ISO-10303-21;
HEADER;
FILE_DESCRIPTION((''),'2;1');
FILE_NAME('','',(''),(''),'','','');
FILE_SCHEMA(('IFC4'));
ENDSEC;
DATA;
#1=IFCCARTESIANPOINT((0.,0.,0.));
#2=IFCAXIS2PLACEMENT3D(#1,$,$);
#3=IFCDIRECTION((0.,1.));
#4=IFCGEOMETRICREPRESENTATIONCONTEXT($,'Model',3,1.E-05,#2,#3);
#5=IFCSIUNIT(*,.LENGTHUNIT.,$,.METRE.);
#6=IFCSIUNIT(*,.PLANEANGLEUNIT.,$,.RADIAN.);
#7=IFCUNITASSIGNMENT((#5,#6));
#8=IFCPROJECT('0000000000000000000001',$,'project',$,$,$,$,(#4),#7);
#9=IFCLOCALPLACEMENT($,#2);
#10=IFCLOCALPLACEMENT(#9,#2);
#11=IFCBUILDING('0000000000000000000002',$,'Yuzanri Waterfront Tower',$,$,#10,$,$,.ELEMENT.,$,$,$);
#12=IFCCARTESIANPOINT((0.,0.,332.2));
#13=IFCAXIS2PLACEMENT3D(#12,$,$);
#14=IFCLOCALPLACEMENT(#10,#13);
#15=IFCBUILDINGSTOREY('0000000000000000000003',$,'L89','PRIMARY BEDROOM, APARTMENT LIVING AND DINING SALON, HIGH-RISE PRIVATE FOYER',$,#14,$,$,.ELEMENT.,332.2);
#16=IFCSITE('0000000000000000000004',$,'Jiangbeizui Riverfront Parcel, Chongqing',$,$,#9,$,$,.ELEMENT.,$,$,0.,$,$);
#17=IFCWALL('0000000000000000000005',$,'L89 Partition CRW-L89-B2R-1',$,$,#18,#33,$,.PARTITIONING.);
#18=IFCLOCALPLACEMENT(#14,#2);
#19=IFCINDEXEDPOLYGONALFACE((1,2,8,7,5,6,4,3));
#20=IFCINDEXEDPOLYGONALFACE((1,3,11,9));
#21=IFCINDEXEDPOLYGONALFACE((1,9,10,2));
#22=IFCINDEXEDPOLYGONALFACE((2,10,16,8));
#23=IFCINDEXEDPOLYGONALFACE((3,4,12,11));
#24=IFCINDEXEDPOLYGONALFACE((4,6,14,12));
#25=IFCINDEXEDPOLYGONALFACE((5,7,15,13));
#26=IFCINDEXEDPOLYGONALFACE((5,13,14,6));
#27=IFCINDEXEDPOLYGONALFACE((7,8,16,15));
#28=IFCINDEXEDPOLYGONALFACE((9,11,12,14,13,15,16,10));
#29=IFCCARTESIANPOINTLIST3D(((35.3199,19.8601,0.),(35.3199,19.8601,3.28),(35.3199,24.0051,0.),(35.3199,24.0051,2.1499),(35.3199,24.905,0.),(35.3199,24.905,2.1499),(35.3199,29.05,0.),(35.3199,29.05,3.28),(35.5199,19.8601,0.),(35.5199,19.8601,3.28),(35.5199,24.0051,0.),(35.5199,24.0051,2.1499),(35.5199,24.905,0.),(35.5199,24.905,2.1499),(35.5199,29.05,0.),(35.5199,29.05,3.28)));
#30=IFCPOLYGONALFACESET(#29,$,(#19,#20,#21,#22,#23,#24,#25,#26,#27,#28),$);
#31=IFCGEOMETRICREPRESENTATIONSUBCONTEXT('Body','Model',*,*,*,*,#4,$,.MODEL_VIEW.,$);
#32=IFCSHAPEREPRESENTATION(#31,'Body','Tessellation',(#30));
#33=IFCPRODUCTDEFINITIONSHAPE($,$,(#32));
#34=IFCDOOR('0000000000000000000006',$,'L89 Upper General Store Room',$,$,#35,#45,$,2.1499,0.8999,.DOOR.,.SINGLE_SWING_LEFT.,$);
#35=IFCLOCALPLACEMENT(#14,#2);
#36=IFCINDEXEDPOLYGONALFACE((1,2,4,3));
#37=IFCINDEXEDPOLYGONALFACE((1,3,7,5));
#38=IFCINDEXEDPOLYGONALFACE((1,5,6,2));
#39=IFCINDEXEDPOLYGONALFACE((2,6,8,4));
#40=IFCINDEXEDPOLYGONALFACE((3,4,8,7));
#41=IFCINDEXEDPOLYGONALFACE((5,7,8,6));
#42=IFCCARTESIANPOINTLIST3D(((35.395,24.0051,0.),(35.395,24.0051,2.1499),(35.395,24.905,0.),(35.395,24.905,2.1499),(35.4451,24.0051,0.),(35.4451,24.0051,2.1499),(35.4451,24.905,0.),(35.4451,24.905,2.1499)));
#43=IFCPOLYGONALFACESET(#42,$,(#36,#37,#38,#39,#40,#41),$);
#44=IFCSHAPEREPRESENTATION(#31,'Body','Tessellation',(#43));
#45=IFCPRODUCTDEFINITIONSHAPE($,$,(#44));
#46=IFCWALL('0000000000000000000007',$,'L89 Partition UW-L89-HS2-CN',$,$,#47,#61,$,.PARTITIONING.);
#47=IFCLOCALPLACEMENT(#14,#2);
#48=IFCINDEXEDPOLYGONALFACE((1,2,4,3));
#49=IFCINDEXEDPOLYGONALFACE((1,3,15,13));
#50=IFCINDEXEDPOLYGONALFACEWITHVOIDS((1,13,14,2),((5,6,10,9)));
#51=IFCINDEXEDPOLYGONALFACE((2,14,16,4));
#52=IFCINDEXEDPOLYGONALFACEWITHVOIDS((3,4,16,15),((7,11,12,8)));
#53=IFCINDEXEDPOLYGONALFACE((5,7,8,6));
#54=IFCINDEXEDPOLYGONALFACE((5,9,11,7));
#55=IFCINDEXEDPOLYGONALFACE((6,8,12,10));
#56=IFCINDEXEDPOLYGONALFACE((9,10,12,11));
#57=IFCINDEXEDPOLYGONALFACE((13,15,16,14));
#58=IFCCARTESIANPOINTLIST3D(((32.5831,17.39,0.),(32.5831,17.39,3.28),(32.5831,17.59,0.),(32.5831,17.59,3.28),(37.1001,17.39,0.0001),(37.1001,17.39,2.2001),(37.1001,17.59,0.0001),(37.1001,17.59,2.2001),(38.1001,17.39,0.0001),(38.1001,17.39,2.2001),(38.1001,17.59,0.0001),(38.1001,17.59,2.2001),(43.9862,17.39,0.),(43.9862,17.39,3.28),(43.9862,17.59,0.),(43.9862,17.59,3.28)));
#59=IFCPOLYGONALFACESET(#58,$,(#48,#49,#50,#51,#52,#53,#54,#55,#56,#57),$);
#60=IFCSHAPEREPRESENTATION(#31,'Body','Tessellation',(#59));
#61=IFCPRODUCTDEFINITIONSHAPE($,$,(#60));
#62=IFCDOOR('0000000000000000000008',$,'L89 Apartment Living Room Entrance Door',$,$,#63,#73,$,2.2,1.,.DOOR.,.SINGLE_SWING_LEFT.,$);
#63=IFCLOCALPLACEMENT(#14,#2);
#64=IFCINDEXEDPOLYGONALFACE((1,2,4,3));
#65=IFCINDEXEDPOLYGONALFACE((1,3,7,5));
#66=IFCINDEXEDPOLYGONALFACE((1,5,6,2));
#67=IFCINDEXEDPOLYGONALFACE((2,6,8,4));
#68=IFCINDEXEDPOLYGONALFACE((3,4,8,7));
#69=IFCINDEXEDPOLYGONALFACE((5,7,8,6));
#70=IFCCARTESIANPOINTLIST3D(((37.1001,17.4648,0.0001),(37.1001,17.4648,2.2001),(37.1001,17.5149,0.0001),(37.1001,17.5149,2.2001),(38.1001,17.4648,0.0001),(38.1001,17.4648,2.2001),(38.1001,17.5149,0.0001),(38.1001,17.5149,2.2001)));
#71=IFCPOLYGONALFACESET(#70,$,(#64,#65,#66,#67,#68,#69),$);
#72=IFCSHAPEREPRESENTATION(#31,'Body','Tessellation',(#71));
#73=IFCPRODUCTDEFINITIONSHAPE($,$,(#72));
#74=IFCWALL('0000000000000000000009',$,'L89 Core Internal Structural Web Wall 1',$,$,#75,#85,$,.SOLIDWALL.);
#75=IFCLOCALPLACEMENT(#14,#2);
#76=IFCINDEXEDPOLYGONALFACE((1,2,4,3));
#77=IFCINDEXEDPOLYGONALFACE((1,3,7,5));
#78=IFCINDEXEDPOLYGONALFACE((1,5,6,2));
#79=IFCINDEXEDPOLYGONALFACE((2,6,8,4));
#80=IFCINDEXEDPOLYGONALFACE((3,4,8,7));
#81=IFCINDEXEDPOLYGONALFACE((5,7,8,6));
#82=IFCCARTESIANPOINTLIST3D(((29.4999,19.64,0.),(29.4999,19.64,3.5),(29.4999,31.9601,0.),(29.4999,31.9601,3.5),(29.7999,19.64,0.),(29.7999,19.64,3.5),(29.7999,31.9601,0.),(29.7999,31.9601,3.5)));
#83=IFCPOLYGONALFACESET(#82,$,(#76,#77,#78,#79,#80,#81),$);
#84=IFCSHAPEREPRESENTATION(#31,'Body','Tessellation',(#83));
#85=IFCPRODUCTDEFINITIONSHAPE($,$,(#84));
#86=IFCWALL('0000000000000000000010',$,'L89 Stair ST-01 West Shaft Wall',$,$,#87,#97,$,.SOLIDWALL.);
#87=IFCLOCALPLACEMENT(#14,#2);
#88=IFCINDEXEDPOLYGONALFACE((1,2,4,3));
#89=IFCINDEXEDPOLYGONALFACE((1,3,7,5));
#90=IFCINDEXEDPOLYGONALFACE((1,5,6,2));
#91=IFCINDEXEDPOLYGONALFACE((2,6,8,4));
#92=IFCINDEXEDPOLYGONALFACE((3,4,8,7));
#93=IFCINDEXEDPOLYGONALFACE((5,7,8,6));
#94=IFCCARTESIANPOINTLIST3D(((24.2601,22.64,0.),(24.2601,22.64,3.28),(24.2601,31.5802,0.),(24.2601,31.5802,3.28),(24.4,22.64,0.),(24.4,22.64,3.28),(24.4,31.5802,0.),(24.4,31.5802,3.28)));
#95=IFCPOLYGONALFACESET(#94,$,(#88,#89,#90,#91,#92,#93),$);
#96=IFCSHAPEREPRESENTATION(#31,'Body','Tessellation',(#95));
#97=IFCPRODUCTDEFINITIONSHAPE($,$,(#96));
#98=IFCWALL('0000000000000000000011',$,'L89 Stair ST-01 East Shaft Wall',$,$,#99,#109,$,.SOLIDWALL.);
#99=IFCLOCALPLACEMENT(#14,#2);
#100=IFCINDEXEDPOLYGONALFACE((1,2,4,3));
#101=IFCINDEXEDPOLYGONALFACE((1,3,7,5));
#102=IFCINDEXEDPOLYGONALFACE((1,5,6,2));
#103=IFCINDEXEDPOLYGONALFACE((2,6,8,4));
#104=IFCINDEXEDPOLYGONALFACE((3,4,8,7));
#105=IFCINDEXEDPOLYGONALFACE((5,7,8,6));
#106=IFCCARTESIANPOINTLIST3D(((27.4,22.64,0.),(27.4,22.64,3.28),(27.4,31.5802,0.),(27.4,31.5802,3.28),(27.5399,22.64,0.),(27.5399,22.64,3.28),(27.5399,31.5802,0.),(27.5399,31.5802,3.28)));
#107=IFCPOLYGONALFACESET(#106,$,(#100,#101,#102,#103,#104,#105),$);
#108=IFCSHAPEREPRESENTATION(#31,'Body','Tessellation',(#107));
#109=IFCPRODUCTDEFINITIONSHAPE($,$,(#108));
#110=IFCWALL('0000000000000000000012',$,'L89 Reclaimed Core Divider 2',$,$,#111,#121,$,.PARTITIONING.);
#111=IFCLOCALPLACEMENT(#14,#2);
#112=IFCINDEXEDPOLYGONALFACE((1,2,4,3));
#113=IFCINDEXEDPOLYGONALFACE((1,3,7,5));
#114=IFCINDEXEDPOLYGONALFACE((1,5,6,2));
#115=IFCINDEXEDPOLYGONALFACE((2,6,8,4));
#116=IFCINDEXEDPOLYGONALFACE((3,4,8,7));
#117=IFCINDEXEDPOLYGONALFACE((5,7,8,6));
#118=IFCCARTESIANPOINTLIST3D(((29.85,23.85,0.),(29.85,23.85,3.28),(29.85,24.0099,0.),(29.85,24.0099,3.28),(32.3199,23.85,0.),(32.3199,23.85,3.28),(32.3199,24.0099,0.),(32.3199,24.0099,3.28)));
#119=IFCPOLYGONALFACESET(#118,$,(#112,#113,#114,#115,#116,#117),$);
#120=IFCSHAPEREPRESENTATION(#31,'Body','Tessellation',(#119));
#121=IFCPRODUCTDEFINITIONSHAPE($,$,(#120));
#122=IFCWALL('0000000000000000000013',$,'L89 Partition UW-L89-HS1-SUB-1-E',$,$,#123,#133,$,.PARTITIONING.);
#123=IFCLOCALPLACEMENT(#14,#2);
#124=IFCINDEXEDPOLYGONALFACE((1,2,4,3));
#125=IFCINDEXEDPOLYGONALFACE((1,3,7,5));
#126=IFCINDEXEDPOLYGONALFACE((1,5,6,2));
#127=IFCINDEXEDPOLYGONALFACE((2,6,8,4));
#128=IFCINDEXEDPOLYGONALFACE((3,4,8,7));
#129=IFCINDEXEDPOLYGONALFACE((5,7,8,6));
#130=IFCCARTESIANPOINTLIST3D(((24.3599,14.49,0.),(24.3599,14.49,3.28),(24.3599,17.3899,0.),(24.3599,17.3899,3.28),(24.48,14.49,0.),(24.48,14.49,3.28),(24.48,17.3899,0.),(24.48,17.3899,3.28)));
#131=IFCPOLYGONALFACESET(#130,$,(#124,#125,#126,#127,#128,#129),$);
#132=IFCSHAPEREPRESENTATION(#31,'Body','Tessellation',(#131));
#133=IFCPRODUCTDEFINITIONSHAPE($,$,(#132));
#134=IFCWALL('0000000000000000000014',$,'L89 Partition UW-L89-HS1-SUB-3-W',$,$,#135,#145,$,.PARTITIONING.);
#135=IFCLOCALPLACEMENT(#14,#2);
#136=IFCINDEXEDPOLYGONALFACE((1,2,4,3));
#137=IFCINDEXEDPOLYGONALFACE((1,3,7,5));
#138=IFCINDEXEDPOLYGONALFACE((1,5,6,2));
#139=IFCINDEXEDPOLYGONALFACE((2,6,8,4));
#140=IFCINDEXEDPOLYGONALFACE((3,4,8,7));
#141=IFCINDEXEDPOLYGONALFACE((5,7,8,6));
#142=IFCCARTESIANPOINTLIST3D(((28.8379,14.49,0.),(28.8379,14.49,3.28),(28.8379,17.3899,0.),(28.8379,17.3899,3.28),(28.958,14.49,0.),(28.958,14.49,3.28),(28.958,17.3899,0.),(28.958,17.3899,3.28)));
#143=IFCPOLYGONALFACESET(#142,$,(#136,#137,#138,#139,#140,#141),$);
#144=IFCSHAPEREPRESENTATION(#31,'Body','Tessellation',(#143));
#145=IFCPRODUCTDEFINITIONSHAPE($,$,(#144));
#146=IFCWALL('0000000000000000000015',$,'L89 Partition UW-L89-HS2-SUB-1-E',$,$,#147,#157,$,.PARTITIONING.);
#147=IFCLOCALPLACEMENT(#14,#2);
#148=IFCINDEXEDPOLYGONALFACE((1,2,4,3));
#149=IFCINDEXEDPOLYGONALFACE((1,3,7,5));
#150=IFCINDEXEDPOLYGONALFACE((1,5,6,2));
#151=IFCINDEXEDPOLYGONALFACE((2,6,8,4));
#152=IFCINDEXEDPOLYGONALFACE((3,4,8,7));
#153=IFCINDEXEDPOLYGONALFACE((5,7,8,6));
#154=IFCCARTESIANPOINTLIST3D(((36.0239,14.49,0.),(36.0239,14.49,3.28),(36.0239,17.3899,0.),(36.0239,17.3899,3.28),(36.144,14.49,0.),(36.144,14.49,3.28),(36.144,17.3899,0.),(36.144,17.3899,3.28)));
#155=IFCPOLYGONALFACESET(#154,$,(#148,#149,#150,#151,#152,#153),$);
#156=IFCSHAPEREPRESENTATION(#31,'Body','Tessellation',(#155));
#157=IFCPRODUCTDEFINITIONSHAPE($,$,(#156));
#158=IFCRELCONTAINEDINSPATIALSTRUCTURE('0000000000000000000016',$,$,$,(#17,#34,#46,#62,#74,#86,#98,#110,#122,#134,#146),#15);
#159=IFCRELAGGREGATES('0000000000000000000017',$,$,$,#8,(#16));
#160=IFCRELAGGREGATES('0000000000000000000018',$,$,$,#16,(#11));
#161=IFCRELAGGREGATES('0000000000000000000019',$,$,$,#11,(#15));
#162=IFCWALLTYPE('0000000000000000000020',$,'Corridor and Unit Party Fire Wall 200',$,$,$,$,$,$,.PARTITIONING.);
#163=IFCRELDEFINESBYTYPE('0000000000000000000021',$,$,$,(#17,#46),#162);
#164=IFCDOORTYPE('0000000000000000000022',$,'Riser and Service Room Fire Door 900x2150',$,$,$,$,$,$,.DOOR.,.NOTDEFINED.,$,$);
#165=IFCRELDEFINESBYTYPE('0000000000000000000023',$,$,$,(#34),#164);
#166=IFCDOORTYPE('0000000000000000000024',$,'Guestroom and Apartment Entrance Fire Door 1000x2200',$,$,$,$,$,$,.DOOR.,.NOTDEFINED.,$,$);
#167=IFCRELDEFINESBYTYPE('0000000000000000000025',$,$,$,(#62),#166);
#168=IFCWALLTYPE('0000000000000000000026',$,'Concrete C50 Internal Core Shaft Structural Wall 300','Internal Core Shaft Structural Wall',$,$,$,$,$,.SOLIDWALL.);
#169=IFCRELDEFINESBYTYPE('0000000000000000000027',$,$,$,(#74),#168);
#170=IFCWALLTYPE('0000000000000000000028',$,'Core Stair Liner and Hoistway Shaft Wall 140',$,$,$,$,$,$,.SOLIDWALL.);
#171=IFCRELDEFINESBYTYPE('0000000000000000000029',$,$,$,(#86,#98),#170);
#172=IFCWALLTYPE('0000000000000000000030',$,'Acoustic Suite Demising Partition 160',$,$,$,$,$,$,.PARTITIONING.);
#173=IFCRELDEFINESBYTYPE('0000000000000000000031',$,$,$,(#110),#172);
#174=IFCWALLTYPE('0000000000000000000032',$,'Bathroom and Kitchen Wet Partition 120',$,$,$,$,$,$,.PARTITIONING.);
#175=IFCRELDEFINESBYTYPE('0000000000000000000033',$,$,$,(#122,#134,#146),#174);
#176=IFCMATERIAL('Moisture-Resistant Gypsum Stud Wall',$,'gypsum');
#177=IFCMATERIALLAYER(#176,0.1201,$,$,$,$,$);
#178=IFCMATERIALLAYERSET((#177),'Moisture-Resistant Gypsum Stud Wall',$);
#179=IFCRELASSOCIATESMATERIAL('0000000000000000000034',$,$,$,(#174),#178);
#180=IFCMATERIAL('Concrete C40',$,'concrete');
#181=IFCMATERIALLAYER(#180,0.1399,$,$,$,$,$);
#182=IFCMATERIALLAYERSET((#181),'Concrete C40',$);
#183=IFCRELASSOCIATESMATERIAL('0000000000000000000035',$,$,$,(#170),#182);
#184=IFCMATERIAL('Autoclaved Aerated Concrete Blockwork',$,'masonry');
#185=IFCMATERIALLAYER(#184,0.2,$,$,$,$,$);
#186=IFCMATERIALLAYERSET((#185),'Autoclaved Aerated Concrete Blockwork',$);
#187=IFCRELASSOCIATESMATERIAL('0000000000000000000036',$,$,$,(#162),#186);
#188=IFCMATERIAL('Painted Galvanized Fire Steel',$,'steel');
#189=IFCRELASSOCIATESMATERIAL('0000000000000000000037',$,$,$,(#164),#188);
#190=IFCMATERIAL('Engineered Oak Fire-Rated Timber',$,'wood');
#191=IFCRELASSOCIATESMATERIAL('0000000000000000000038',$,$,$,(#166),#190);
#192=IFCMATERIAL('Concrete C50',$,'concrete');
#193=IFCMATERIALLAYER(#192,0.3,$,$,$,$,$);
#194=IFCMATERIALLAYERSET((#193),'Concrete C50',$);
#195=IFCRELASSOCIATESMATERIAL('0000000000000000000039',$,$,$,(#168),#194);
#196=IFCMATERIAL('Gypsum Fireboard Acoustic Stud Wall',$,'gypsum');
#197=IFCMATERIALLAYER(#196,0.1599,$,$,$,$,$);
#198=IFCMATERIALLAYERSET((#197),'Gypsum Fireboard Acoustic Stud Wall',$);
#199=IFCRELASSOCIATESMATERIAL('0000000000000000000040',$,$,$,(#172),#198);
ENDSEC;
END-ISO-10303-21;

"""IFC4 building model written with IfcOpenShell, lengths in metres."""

from ifc_helpers import new_model, si_unit, direction, frame, frame_2d, origin, place, context, subcontext, project, spatial, rectangle, extrude, source, transform, mapped, material, layer, layer_set, type_object, element, fill, save


model = new_model("IFC4")

# Units and contexts
model_context = context("Model", 3, precision=1e-05, world=origin(), true_north=direction((0.0, 1.0)))
body_context = subcontext(model_context, "Body", "Model", "MODEL_VIEW")
ifc_project = project(units=[si_unit("LENGTHUNIT", "METRE"), si_unit("PLANEANGLEUNIT", "RADIAN")], contexts=[model_context])

# Site, building, storey
site_placement = place(None, origin())
site = spatial("IfcSite", under=ifc_project, at=site_placement, Name="Jiangbeizui Riverfront Parcel, Chongqing", CompositionType="ELEMENT", RefElevation=0.0)
building_placement = place(site_placement, origin())
building = spatial("IfcBuilding", under=site, at=building_placement, Name="Yuzanri Waterfront Tower", CompositionType="ELEMENT")
storey_placement = place(building_placement, frame((0.0, 0.0, 332.2)))
storey = spatial("IfcBuildingStorey", under=building, at=storey_placement, Name="L89", Description="PRIMARY BEDROOM, APARTMENT LIVING AND DINING SALON, HIGH-RISE PRIVATE FOYER", CompositionType="ELEMENT", Elevation=332.2)

# Walls, openings, doors
ifc_material_1 = material(Name="Moisture-Resistant Gypsum Stud Wall", Category="gypsum")
ifc_layer_1 = layer(ifc_material_1, 0.1201)
ifc_layer_set_1 = layer_set([ifc_layer_1], Name="Moisture-Resistant Gypsum Stud Wall")
wall_type_1 = type_object("IfcWallType", Name="Bathroom and Kitchen Wet Partition 120", PredefinedType="PARTITIONING", material=ifc_layer_set_1)
ifc_material_2 = material(Name="Concrete C40", Category="concrete")
ifc_layer_2 = layer(ifc_material_2, 0.1399)
ifc_layer_set_2 = layer_set([ifc_layer_2], Name="Concrete C40")
wall_type_2 = type_object("IfcWallType", Name="Core Stair Liner and Hoistway Shaft Wall 140", PredefinedType="SOLIDWALL", material=ifc_layer_set_2)
ifc_material_3 = material(Name="Autoclaved Aerated Concrete Blockwork", Category="masonry")
ifc_layer_3 = layer(ifc_material_3, 0.2)
ifc_layer_set_3 = layer_set([ifc_layer_3], Name="Autoclaved Aerated Concrete Blockwork")
wall_type_3 = type_object("IfcWallType", Name="Corridor and Unit Party Fire Wall 200", PredefinedType="PARTITIONING", material=ifc_layer_set_3)
ifc_material_4 = material(Name="Painted Galvanized Fire Steel", Category="steel")
door_type_1 = type_object("IfcDoorType", Name="Riser and Service Room Fire Door 900x2150", OperationType="NOTDEFINED", PredefinedType="DOOR", material=ifc_material_4)
shared_shape_1 = source(origin(), body_context, "Body", "SweptSolid", [
    extrude(rectangle(XDim=0.8999, YDim=2.1499, at=frame_2d((0.45, 1.075))), frame((0.0, 0.0249, 0.0), z_axis=(0.0, -1.0, 0.0), x_axis=(1.0, 0.0, 0.0)), (0.0, 0.0, 1.0), 0.05),
])
wall_1_placement = place(storey_placement, frame((35.4199, 19.8601, 0.0), z_axis=(0.0, 0.0, 1.0), x_axis=(0.0, 1.0, 0.0)))
wall_1 = element("IfcWall", 1, at=wall_1_placement, inside=storey, type_object=wall_type_3, Name="L89 Partition CRW-L89-B2R-1", PredefinedType="PARTITIONING", context=body_context, shape_type="SweptSolid", body=[
    extrude(rectangle(XDim=9.1899, YDim=0.2, at=frame_2d((4.595, 0.0))), origin(), (0.0, 0.0, 1.0), 3.28),
])
opening_1_placement = place(wall_1_placement, frame((4.145, 0.0, 0.0)))
opening_1 = element("IfcOpeningElement", 2, at=opening_1_placement, cuts=wall_1, PredefinedType="OPENING", context=body_context, shape_type="SweptSolid", body=[
    extrude(rectangle(XDim=0.8999, YDim=2.1499, at=frame_2d((0.45, 1.075))), frame((0.0, 0.1147, 0.0), z_axis=(0.0, -1.0, 0.0), x_axis=(1.0, 0.0, 0.0)), (0.0, 0.0, 1.0), 0.2297),
])
door_1_placement = place(opening_1_placement, origin())
door_1 = element("IfcDoor", 3, at=door_1_placement, inside=storey, type_object=door_type_1, Name="L89 Upper General Store Room", OperationType="SINGLE_SWING_LEFT", OverallHeight=2.1499, OverallWidth=0.8999, PredefinedType="DOOR", context=body_context, shape_type="MappedRepresentation", body=[
    mapped(shared_shape_1, transform((0.0, 0.0, 0.0), scale=1.0)),
])
fill(opening_1, door_1)
wall_2_placement = place(storey_placement, frame((32.583, 17.49, 0.0), z_axis=(0.0, 0.0, 1.0), x_axis=(1.0, 0.0, 0.0)))
wall_2 = element("IfcWall", 4, at=wall_2_placement, inside=storey, type_object=wall_type_3, Name="L89 Partition UW-L89-HS2-CN", PredefinedType="PARTITIONING", context=body_context, shape_type="SweptSolid", body=[
    extrude(rectangle(XDim=11.4031, YDim=0.2, at=frame_2d((5.7017, 0.0))), origin(), (0.0, 0.0, 1.0), 3.28),
])
opening_2_placement = place(wall_2_placement, frame((4.5171, 0.0, 0.0)))
opening_2 = element("IfcOpeningElement", 5, at=opening_2_placement, cuts=wall_2, PredefinedType="OPENING", context=body_context, shape_type="SweptSolid", body=[
    extrude(rectangle(XDim=1.0, YDim=2.2, at=frame_2d((0.5, 1.1001))), frame((0.0, 0.1147, 0.0), z_axis=(0.0, -1.0, 0.0), x_axis=(1.0, 0.0, 0.0)), (0.0, 0.0, 1.0), 0.2297),
])
ifc_material_5 = material(Name="Engineered Oak Fire-Rated Timber", Category="wood")
door_type_2 = type_object("IfcDoorType", Name="Guestroom and Apartment Entrance Fire Door 1000x2200", OperationType="NOTDEFINED", PredefinedType="DOOR", material=ifc_material_5)
shared_shape_2 = source(origin(), body_context, "Body", "SweptSolid", [
    extrude(rectangle(XDim=1.0, YDim=2.2, at=frame_2d((0.5, 1.1001))), frame((0.0, 0.0249, 0.0), z_axis=(0.0, -1.0, 0.0), x_axis=(1.0, 0.0, 0.0)), (0.0, 0.0, 1.0), 0.05),
])
door_2_placement = place(opening_2_placement, origin())
door_2 = element("IfcDoor", 6, at=door_2_placement, inside=storey, type_object=door_type_2, Name="L89 Apartment Living Room Entrance Door", OperationType="SINGLE_SWING_LEFT", OverallHeight=2.2, OverallWidth=1.0, PredefinedType="DOOR", context=body_context, shape_type="MappedRepresentation", body=[
    mapped(shared_shape_2, transform((0.0, 0.0, 0.0), scale=1.0)),
])
fill(opening_2, door_2)

# Walls
ifc_material_6 = material(Name="Concrete C50", Category="concrete")
ifc_layer_4 = layer(ifc_material_6, 0.3)
ifc_layer_set_4 = layer_set([ifc_layer_4], Name="Concrete C50")
wall_type_4 = type_object("IfcWallType", Name="Concrete C50 Internal Core Shaft Structural Wall 300", Description="Internal Core Shaft Structural Wall", PredefinedType="SOLIDWALL", material=ifc_layer_set_4)
shared_shape_3 = source(origin(), body_context, "Body", "SweptSolid", [
    extrude(rectangle(XDim=12.3201, YDim=0.3, at=frame_2d((6.1602, 0.0))), origin(), (0.0, 0.0, 1.0), 3.5),
])
wall_3_placement = place(storey_placement, frame((29.6499, 19.6399, 0.0), z_axis=(0.0, 0.0, 1.0), x_axis=(0.0, 1.0, 0.0)))
element("IfcWall", 7, at=wall_3_placement, inside=storey, type_object=wall_type_4, Name="L89 Core Internal Structural Web Wall 1", PredefinedType="SOLIDWALL", context=body_context, shape_type="MappedRepresentation", body=[
    mapped(shared_shape_3, transform((0.0, 0.0, 0.0), scale=1.0)),
])
shared_shape_4 = source(origin(), body_context, "Body", "SweptSolid", [
    extrude(rectangle(XDim=8.9402, YDim=0.1399, at=frame_2d((4.4702, 0.0))), origin(), (0.0, 0.0, 1.0), 3.28),
])
for number, where, z_axis, x_axis, name in (
    (8, (24.3301, 22.6399, 0.0), (0.0, 0.0, 1.0), (0.0, 1.0, 0.0), "L89 Stair ST-01 West Shaft Wall"),
    (9, (27.47, 22.6399, 0.0), (0.0, 0.0, 1.0), (0.0, 1.0, 0.0), "L89 Stair ST-01 East Shaft Wall"),
):
    element("IfcWall", number, at=place(storey_placement, frame(where, z_axis=z_axis, x_axis=x_axis)), inside=storey, type_object=wall_type_2, Name=name, PredefinedType="SOLIDWALL", context=body_context, shape_type="MappedRepresentation", body=[
        mapped(shared_shape_4, transform((0.0, 0.0, 0.0), scale=1.0)),
    ])
ifc_material_7 = material(Name="Gypsum Fireboard Acoustic Stud Wall", Category="gypsum")
ifc_layer_5 = layer(ifc_material_7, 0.1599)
ifc_layer_set_5 = layer_set([ifc_layer_5], Name="Gypsum Fireboard Acoustic Stud Wall")
wall_type_5 = type_object("IfcWallType", Name="Acoustic Suite Demising Partition 160", PredefinedType="PARTITIONING", material=ifc_layer_set_5)
shared_shape_5 = source(origin(), body_context, "Body", "SweptSolid", [
    extrude(rectangle(XDim=2.47, YDim=0.1599, at=frame_2d((1.2349, 0.0))), origin(), (0.0, 0.0, 1.0), 3.28),
])
wall_4_placement = place(storey_placement, frame((29.8501, 23.9299, 0.0), z_axis=(0.0, 0.0, 1.0), x_axis=(1.0, 0.0, 0.0)))
element("IfcWall", 10, at=wall_4_placement, inside=storey, type_object=wall_type_5, Name="L89 Reclaimed Core Divider 2", PredefinedType="PARTITIONING", context=body_context, shape_type="MappedRepresentation", body=[
    mapped(shared_shape_5, transform((0.0, 0.0, 0.0), scale=1.0)),
])
shared_shape_6 = source(origin(), body_context, "Body", "SweptSolid", [
    extrude(rectangle(XDim=2.8999, YDim=0.1201, at=frame_2d((1.45, 0.0))), origin(), (0.0, 0.0, 1.0), 3.28),
])
for number, where, z_axis, x_axis, name in (
    (11, (24.4199, 14.49, 0.0), (0.0, 0.0, 1.0), (0.0, 1.0, 0.0), "L89 Partition UW-L89-HS1-SUB-1-E"),
    (12, (28.8979, 14.49, 0.0), (0.0, 0.0, 1.0), (0.0, 1.0, 0.0), "L89 Partition UW-L89-HS1-SUB-3-W"),
    (13, (36.084, 14.49, 0.0), (0.0, 0.0, 1.0), (0.0, 1.0, 0.0), "L89 Partition UW-L89-HS2-SUB-1-E"),
):
    element("IfcWall", number, at=place(storey_placement, frame(where, z_axis=z_axis, x_axis=x_axis)), inside=storey, type_object=wall_type_1, Name=name, PredefinedType="PARTITIONING", context=body_context, shape_type="MappedRepresentation", body=[
        mapped(shared_shape_6, transform((0.0, 0.0, 0.0), scale=1.0)),
    ])

save(model, "model.ifc")
